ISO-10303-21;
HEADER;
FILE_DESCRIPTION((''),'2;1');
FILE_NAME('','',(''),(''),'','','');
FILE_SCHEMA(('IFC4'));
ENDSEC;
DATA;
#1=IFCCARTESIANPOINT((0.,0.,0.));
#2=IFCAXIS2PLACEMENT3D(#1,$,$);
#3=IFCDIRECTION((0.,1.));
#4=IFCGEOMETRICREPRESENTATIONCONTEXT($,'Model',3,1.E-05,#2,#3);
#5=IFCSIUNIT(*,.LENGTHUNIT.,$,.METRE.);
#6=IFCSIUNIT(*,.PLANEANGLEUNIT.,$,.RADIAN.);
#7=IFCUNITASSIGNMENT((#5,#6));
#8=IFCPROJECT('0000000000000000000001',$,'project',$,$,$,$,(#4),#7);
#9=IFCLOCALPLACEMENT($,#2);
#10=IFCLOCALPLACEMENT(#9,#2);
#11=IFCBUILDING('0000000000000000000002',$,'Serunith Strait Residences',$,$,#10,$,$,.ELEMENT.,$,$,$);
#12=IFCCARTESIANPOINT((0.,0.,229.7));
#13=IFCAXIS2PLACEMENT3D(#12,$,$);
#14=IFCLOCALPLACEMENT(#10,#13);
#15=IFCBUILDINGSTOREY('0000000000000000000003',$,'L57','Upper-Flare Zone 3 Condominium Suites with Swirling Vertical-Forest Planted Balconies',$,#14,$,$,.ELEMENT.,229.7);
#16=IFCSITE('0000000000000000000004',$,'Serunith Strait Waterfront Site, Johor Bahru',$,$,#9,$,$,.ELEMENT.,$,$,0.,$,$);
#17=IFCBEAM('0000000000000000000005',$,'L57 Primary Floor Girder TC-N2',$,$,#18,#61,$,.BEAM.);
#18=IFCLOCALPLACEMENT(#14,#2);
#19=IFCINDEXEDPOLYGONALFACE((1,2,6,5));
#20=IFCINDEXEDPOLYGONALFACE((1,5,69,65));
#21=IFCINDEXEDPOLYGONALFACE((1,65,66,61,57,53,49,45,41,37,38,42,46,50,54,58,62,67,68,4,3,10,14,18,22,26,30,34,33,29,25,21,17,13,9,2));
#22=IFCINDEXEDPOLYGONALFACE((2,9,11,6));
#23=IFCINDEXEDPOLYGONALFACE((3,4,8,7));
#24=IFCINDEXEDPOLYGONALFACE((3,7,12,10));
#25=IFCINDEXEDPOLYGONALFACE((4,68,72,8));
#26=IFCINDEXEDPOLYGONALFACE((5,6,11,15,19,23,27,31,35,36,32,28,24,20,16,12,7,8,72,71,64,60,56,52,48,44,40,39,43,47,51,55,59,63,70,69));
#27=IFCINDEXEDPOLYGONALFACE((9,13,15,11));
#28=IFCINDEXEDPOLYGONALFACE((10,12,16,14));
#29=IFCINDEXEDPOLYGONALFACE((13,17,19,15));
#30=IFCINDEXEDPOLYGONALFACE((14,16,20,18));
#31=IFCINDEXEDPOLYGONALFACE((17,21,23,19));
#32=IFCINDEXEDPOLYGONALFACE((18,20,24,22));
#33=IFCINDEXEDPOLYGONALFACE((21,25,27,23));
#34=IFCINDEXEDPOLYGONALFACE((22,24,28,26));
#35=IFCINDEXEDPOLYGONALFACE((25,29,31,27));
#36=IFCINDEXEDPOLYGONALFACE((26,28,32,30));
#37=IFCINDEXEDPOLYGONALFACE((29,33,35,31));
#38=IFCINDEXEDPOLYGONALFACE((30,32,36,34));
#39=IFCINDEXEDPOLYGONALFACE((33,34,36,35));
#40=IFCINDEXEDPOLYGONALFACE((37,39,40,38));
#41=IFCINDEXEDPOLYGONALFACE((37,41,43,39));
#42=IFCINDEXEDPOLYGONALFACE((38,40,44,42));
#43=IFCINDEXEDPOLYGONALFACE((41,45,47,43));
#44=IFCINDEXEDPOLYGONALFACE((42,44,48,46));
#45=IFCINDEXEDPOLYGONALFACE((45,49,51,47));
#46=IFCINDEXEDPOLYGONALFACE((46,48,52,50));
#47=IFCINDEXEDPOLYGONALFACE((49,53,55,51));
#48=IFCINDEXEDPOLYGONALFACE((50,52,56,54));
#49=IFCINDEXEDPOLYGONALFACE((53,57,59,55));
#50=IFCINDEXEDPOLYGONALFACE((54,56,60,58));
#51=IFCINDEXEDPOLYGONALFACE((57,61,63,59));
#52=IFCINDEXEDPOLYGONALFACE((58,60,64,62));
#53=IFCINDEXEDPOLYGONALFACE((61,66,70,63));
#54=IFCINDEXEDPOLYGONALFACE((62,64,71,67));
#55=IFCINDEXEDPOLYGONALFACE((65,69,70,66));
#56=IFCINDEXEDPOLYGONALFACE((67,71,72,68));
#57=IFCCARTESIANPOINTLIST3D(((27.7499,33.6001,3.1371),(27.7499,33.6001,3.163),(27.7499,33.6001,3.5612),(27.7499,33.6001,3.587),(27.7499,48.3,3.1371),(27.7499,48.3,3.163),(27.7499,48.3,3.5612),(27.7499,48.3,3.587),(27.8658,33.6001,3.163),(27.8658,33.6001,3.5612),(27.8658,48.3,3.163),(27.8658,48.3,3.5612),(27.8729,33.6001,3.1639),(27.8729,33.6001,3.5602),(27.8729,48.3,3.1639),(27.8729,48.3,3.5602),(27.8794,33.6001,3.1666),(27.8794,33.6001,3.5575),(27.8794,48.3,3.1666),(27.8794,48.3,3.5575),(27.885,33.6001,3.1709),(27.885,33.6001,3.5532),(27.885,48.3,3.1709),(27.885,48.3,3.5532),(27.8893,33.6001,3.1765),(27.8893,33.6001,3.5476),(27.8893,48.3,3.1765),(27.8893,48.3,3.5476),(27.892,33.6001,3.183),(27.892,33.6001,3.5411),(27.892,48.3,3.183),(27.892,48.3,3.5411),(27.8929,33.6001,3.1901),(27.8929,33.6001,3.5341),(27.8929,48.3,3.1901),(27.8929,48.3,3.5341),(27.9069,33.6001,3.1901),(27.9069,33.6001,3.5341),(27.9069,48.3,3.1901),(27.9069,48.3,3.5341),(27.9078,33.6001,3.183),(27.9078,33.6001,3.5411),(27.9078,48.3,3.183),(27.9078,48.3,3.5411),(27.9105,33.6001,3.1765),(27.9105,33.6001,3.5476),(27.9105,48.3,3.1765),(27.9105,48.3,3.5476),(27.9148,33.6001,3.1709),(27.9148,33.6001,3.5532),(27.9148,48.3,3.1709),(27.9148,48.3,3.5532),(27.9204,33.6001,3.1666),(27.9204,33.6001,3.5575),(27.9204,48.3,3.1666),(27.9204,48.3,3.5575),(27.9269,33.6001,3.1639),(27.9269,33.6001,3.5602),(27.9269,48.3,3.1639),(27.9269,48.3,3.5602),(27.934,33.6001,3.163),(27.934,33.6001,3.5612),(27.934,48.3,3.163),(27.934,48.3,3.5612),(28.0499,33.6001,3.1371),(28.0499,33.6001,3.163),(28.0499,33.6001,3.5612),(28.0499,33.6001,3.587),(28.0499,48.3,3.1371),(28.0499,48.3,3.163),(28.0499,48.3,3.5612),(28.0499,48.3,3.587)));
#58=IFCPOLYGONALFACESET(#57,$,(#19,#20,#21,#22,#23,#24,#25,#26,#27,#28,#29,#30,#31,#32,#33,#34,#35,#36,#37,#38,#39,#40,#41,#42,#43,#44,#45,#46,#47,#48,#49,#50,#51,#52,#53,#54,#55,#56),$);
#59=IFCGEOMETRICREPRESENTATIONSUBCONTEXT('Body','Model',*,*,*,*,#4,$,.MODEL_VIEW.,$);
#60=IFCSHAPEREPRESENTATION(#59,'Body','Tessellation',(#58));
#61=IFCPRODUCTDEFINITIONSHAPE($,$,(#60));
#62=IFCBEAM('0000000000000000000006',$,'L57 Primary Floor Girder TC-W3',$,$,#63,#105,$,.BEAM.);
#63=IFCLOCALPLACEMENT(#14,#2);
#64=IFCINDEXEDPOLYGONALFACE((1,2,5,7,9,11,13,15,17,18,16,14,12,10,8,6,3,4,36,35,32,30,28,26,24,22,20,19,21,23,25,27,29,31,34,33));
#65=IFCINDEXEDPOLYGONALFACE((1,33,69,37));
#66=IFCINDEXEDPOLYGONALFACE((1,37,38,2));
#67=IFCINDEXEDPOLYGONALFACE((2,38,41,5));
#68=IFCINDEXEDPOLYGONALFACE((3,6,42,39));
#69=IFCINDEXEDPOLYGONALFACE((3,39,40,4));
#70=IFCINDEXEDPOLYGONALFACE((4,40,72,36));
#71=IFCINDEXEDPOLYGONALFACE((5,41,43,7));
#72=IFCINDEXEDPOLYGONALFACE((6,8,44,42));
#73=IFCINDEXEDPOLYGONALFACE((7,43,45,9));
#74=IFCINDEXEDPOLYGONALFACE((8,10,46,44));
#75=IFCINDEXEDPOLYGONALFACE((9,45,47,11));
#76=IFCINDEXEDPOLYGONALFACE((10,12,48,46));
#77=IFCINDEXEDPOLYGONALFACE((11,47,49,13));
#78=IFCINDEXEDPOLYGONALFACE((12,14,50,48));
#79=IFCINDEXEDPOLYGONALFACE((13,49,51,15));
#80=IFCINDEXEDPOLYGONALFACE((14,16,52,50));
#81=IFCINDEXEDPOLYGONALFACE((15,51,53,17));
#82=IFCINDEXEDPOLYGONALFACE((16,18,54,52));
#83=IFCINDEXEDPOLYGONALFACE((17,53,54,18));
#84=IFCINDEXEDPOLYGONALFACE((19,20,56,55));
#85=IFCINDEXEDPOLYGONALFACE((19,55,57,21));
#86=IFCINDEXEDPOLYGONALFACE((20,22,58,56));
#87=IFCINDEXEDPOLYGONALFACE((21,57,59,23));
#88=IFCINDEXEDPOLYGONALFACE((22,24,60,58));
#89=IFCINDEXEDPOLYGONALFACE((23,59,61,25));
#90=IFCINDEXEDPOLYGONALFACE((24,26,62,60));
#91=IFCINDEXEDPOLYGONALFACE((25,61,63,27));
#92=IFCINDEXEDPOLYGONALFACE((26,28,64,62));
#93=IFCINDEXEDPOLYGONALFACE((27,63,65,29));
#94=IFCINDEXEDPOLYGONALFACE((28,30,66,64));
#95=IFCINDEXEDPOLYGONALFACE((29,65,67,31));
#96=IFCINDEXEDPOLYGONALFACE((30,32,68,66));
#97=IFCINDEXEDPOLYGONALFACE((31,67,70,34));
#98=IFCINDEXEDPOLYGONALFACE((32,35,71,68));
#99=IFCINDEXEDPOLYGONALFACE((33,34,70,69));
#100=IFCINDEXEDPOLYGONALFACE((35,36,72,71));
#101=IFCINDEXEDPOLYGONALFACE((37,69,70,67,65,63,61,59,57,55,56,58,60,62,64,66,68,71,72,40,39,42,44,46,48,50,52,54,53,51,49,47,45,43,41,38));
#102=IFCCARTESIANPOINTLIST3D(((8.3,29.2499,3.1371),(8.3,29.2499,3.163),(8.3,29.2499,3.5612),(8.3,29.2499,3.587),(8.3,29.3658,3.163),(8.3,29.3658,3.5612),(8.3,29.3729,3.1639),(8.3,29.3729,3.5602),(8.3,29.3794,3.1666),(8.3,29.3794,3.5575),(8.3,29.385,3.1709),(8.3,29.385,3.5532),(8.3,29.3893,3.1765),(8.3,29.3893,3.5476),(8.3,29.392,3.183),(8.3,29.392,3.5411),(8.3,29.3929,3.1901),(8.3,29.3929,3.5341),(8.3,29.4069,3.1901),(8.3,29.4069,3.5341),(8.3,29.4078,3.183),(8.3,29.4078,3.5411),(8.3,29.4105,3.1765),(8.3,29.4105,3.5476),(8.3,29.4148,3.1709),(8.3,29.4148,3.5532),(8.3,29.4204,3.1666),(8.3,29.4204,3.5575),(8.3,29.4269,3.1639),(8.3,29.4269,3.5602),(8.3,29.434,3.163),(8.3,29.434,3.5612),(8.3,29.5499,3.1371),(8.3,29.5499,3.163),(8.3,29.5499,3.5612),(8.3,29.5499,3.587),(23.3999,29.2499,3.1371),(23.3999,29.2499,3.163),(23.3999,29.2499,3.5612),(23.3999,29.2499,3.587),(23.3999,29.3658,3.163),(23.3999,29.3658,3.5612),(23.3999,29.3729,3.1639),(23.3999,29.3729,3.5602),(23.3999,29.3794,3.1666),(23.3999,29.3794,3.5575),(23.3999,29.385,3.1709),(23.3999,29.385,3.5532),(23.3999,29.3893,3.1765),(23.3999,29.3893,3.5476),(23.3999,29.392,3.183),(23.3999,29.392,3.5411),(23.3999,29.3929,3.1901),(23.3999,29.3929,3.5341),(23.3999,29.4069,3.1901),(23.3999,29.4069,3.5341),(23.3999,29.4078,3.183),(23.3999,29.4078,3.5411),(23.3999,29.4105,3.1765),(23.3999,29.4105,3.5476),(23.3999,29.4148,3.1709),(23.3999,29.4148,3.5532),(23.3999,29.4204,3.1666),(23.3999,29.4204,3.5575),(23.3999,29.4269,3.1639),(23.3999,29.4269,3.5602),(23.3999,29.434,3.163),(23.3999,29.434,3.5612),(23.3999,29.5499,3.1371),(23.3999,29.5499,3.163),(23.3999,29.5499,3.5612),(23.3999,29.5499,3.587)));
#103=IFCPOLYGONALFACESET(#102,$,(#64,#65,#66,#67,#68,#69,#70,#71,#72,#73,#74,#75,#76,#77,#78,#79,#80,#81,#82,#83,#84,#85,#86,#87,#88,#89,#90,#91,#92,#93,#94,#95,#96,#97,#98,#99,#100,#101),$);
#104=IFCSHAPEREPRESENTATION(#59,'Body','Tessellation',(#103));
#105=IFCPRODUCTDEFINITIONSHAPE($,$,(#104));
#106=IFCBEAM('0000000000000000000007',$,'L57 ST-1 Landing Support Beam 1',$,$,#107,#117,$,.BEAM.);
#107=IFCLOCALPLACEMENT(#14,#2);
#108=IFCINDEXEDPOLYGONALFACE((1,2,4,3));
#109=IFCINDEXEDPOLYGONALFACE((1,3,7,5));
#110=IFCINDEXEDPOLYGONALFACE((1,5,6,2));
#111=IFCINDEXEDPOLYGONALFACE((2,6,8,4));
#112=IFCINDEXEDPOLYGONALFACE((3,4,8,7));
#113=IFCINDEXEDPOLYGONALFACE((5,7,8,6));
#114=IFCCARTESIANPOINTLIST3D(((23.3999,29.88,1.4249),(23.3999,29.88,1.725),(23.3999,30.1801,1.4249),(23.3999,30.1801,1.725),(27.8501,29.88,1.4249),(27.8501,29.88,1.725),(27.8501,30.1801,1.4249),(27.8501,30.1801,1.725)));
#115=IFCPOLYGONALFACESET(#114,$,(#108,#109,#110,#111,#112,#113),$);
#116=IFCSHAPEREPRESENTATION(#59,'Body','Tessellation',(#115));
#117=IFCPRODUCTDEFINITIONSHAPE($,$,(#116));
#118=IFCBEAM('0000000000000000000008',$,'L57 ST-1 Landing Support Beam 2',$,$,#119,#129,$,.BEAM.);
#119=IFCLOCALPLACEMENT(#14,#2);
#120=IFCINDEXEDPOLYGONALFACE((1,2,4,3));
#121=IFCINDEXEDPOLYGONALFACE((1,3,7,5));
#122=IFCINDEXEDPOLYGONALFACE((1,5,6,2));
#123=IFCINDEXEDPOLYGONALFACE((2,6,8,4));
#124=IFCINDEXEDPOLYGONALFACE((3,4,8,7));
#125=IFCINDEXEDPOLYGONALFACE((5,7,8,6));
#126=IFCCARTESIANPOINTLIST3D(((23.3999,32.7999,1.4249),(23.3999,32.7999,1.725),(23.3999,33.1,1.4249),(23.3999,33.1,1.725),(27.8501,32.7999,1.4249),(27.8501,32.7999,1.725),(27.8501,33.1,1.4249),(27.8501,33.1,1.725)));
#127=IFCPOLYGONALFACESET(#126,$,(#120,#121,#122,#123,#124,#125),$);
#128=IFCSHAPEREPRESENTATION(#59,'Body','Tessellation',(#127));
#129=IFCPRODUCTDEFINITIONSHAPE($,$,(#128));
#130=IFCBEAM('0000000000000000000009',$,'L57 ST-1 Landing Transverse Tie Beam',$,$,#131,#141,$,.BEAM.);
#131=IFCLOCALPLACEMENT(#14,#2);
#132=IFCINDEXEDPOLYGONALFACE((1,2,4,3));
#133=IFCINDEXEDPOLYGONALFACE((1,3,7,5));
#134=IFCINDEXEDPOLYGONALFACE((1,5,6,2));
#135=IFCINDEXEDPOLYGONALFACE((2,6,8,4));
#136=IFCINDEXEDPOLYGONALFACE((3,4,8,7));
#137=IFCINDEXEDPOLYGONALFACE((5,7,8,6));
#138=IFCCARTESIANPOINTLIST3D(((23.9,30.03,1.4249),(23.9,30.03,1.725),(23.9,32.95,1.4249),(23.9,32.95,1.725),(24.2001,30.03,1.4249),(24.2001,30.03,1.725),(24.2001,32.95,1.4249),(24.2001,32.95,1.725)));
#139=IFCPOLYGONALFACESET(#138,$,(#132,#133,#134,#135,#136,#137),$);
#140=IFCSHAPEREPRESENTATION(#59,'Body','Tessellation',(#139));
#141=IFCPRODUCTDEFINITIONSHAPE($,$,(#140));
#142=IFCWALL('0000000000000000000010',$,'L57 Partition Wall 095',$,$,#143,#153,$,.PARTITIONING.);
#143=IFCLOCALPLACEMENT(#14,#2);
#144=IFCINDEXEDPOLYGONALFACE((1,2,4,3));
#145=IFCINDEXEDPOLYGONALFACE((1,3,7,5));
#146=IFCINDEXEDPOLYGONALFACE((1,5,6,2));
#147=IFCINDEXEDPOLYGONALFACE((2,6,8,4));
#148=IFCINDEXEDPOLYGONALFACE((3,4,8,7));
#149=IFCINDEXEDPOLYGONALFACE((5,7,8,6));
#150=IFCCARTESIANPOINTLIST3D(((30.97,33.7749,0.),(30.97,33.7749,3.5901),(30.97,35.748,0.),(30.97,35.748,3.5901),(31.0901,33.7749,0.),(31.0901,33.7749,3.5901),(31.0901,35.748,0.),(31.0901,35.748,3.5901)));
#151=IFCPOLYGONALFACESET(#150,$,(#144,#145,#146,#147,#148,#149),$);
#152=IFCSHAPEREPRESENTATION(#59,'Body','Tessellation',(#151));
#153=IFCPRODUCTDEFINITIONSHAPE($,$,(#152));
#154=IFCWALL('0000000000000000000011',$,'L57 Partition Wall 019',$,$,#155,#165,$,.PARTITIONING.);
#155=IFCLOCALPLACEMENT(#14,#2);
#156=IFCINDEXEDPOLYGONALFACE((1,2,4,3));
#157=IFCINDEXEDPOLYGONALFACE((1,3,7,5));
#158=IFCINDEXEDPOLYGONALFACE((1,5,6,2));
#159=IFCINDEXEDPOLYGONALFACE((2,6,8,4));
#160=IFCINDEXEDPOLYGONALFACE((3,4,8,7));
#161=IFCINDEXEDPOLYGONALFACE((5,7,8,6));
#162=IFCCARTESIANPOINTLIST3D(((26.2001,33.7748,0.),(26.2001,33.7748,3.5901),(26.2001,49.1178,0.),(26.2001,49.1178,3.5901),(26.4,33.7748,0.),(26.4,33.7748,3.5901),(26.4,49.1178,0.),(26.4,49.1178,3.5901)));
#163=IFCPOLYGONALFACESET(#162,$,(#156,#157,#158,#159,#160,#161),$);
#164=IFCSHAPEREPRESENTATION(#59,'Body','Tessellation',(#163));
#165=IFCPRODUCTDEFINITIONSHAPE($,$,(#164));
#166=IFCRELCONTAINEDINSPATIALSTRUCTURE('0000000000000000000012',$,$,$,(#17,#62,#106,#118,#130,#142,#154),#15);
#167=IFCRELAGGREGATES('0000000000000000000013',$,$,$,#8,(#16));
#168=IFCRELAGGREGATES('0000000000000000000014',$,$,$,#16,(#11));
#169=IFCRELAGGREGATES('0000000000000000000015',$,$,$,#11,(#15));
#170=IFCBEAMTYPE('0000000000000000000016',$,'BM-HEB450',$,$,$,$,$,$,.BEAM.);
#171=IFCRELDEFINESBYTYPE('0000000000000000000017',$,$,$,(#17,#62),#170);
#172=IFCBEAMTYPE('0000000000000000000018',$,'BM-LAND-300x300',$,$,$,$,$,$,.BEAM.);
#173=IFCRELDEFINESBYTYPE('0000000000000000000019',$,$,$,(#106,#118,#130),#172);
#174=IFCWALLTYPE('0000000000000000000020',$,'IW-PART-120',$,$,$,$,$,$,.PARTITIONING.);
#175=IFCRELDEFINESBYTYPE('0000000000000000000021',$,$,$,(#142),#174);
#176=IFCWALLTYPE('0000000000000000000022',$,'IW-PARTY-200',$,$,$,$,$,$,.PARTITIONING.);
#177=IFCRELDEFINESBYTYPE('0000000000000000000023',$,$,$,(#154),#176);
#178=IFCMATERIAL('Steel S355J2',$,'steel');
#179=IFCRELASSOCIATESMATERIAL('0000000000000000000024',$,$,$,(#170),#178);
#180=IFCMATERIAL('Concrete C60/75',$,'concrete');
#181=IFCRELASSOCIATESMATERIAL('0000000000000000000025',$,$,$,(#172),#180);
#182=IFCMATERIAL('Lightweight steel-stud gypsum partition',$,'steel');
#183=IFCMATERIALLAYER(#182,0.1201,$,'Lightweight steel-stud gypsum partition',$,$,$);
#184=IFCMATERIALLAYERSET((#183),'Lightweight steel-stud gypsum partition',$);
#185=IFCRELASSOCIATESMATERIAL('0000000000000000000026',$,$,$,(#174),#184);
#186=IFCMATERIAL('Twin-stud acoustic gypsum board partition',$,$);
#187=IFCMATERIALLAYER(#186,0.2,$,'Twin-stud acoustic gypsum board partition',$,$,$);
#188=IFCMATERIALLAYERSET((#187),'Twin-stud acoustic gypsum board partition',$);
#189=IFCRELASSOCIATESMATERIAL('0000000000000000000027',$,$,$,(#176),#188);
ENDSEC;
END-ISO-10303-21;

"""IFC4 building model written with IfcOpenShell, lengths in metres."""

from ifc_helpers import new_model, si_unit, direction, frame, frame_2d, origin, origin_2d, place, context, subcontext, project, spatial, rectangle, i_section, extrude, source, transform, mapped, material, layer, layer_set, material_profile, profile_set, type_object, element, save


model = new_model("IFC4")

# Units and contexts
model_context = context("Model", 3, precision=1e-05, world=origin(), true_north=direction((0.0, 1.0)))
body_context = subcontext(model_context, "Body", "Model", "MODEL_VIEW")
ifc_project = project(units=[si_unit("LENGTHUNIT", "METRE"), si_unit("PLANEANGLEUNIT", "RADIAN")], contexts=[model_context])

# Site, building, storey
site_placement = place(None, origin())
site = spatial("IfcSite", under=ifc_project, at=site_placement, Name="Serunith Strait Waterfront Site, Johor Bahru", CompositionType="ELEMENT", RefElevation=0.0)
building_placement = place(site_placement, origin())
building = spatial("IfcBuilding", under=site, at=building_placement, Name="Serunith Strait Residences", CompositionType="ELEMENT")
storey_placement = place(building_placement, frame((0.0, 0.0, 229.7)))
storey = spatial("IfcBuildingStorey", under=building, at=storey_placement, Name="L57", Description="Upper-Flare Zone 3 Condominium Suites with Swirling Vertical-Forest Planted Balconies", CompositionType="ELEMENT", Elevation=229.7)

# Beams
ifc_material_1 = material(Name="Steel S355J2", Category="steel")
ifc_material_profile_1 = material_profile(ifc_material_1, i_section(OverallWidth=0.3, OverallDepth=0.45, WebThickness=0.0139, FlangeThickness=0.0259, FilletRadius=0.0271, at=origin_2d()), Name="HEB 450")
ifc_profile_set_1 = profile_set([ifc_material_profile_1], Name="Steel S355J2")
beam_type_1 = type_object("IfcBeamType", Name="BM-HEB450", PredefinedType="BEAM", material=ifc_profile_set_1)
shared_shape_1 = source(origin(), body_context, "Body", "SweptSolid", [
    extrude(i_section(OverallWidth=0.3, OverallDepth=0.45, WebThickness=0.0139, FlangeThickness=0.0259, FilletRadius=0.0271, at=origin_2d()), origin(), (0.0, 0.0, 1.0), 14.7),
])
beam_1_placement = place(storey_placement, frame((27.8999, 33.6001, 3.3621), z_axis=(0.0, 1.0, 0.0), x_axis=(-1.0, 0.0, 0.0)))
element("IfcBeam", 1, at=beam_1_placement, inside=storey, type_object=beam_type_1, Name="L57 Primary Floor Girder TC-N2", PredefinedType="BEAM", context=body_context, shape_type="MappedRepresentation", body=[
    mapped(shared_shape_1, transform((0.0, 0.0, 0.0), scale=1.0)),
])
shared_shape_2 = source(origin(), body_context, "Body", "SweptSolid", [
    extrude(i_section(OverallWidth=0.3, OverallDepth=0.45, WebThickness=0.0139, FlangeThickness=0.0259, FilletRadius=0.0271, at=origin_2d()), origin(), (0.0, 0.0, 1.0), 15.0999),
])
beam_2_placement = place(storey_placement, frame((23.3999, 29.3999, 3.3621), z_axis=(-1.0, 0.0, 0.0), x_axis=(0.0, -1.0, 0.0)))
element("IfcBeam", 2, at=beam_2_placement, inside=storey, type_object=beam_type_1, Name="L57 Primary Floor Girder TC-W3", PredefinedType="BEAM", context=body_context, shape_type="MappedRepresentation", body=[
    mapped(shared_shape_2, transform((0.0, 0.0, 0.0), scale=1.0)),
])
ifc_material_2 = material(Name="Concrete C60/75", Category="concrete")
ifc_material_profile_2 = material_profile(ifc_material_2, rectangle(XDim=0.3, YDim=0.3, at=origin_2d()), Name="RC 300x300")
ifc_profile_set_2 = profile_set([ifc_material_profile_2], Name="Concrete C60/75")
beam_type_2 = type_object("IfcBeamType", Name="BM-LAND-300x300", PredefinedType="BEAM", material=ifc_profile_set_2)
shared_shape_3 = source(origin(), body_context, "Body", "SweptSolid", [
    extrude(rectangle(XDim=0.3, YDim=0.3, at=origin_2d()), origin(), (0.0, 0.0, 1.0), 4.4502),
])
for number, where, z_axis, x_axis, name in (
    (3, (23.3999, 30.03, 1.575), (1.0, 0.0, 0.0), (0.0, 1.0, 0.0), "L57 ST-1 Landing Support Beam 1"),
    (4, (23.3999, 32.95, 1.575), (1.0, 0.0, 0.0), (0.0, 1.0, 0.0), "L57 ST-1 Landing Support Beam 2"),
):
    element("IfcBeam", number, at=place(storey_placement, frame(where, z_axis=z_axis, x_axis=x_axis)), inside=storey, type_object=beam_type_2, Name=name, PredefinedType="BEAM", context=body_context, shape_type="MappedRepresentation", body=[
        mapped(shared_shape_3, transform((0.0, 0.0, 0.0), scale=1.0)),
    ])
shared_shape_4 = source(origin(), body_context, "Body", "SweptSolid", [
    extrude(rectangle(XDim=0.3, YDim=0.3, at=origin_2d()), origin(), (0.0, 0.0, 1.0), 2.9199),
])
beam_3_placement = place(storey_placement, frame((24.05, 30.03, 1.575), z_axis=(0.0, 1.0, 0.0), x_axis=(-1.0, 0.0, 0.0)))
element("IfcBeam", 5, at=beam_3_placement, inside=storey, type_object=beam_type_2, Name="L57 ST-1 Landing Transverse Tie Beam", PredefinedType="BEAM", context=body_context, shape_type="MappedRepresentation", body=[
    mapped(shared_shape_4, transform((0.0, 0.0, 0.0), scale=1.0)),
])

# Walls
ifc_material_3 = material(Name="Lightweight steel-stud gypsum partition", Category="steel")
ifc_layer_1 = layer(ifc_material_3, 0.1201, Name="Lightweight steel-stud gypsum partition")
ifc_layer_set_1 = layer_set([ifc_layer_1], Name="Lightweight steel-stud gypsum partition")
wall_type_1 = type_object("IfcWallType", Name="IW-PART-120", PredefinedType="PARTITIONING", material=ifc_layer_set_1)
wall_1_placement = place(storey_placement, frame((31.03, 35.748, 0.0), z_axis=(0.0, 0.0, 1.0), x_axis=(0.0, -1.0, 0.0)))
element("IfcWall", 6, at=wall_1_placement, inside=storey, type_object=wall_type_1, Name="L57 Partition Wall 095", PredefinedType="PARTITIONING", context=body_context, shape_type="SweptSolid", body=[
    extrude(rectangle(XDim=1.9731, YDim=0.1201, at=frame_2d((0.9866, 0.0))), origin(), (0.0, 0.0, 1.0), 3.5901),
])
ifc_material_4 = material(Name="Twin-stud acoustic gypsum board partition")
ifc_layer_2 = layer(ifc_material_4, 0.2, Name="Twin-stud acoustic gypsum board partition")
ifc_layer_set_2 = layer_set([ifc_layer_2], Name="Twin-stud acoustic gypsum board partition")
wall_type_2 = type_object("IfcWallType", Name="IW-PARTY-200", PredefinedType="PARTITIONING", material=ifc_layer_set_2)
wall_2_placement = place(storey_placement, frame((26.3, 33.7749, 0.0), z_axis=(0.0, 0.0, 1.0), x_axis=(0.0, 1.0, 0.0)))
element("IfcWall", 7, at=wall_2_placement, inside=storey, type_object=wall_type_2, Name="L57 Partition Wall 019", PredefinedType="PARTITIONING", context=body_context, shape_type="SweptSolid", body=[
    extrude(rectangle(XDim=15.343, YDim=0.2, at=frame_2d((7.6714, 0.0))), origin(), (0.0, 0.0, 1.0), 3.5901),
])

save(model, "model.ifc")
